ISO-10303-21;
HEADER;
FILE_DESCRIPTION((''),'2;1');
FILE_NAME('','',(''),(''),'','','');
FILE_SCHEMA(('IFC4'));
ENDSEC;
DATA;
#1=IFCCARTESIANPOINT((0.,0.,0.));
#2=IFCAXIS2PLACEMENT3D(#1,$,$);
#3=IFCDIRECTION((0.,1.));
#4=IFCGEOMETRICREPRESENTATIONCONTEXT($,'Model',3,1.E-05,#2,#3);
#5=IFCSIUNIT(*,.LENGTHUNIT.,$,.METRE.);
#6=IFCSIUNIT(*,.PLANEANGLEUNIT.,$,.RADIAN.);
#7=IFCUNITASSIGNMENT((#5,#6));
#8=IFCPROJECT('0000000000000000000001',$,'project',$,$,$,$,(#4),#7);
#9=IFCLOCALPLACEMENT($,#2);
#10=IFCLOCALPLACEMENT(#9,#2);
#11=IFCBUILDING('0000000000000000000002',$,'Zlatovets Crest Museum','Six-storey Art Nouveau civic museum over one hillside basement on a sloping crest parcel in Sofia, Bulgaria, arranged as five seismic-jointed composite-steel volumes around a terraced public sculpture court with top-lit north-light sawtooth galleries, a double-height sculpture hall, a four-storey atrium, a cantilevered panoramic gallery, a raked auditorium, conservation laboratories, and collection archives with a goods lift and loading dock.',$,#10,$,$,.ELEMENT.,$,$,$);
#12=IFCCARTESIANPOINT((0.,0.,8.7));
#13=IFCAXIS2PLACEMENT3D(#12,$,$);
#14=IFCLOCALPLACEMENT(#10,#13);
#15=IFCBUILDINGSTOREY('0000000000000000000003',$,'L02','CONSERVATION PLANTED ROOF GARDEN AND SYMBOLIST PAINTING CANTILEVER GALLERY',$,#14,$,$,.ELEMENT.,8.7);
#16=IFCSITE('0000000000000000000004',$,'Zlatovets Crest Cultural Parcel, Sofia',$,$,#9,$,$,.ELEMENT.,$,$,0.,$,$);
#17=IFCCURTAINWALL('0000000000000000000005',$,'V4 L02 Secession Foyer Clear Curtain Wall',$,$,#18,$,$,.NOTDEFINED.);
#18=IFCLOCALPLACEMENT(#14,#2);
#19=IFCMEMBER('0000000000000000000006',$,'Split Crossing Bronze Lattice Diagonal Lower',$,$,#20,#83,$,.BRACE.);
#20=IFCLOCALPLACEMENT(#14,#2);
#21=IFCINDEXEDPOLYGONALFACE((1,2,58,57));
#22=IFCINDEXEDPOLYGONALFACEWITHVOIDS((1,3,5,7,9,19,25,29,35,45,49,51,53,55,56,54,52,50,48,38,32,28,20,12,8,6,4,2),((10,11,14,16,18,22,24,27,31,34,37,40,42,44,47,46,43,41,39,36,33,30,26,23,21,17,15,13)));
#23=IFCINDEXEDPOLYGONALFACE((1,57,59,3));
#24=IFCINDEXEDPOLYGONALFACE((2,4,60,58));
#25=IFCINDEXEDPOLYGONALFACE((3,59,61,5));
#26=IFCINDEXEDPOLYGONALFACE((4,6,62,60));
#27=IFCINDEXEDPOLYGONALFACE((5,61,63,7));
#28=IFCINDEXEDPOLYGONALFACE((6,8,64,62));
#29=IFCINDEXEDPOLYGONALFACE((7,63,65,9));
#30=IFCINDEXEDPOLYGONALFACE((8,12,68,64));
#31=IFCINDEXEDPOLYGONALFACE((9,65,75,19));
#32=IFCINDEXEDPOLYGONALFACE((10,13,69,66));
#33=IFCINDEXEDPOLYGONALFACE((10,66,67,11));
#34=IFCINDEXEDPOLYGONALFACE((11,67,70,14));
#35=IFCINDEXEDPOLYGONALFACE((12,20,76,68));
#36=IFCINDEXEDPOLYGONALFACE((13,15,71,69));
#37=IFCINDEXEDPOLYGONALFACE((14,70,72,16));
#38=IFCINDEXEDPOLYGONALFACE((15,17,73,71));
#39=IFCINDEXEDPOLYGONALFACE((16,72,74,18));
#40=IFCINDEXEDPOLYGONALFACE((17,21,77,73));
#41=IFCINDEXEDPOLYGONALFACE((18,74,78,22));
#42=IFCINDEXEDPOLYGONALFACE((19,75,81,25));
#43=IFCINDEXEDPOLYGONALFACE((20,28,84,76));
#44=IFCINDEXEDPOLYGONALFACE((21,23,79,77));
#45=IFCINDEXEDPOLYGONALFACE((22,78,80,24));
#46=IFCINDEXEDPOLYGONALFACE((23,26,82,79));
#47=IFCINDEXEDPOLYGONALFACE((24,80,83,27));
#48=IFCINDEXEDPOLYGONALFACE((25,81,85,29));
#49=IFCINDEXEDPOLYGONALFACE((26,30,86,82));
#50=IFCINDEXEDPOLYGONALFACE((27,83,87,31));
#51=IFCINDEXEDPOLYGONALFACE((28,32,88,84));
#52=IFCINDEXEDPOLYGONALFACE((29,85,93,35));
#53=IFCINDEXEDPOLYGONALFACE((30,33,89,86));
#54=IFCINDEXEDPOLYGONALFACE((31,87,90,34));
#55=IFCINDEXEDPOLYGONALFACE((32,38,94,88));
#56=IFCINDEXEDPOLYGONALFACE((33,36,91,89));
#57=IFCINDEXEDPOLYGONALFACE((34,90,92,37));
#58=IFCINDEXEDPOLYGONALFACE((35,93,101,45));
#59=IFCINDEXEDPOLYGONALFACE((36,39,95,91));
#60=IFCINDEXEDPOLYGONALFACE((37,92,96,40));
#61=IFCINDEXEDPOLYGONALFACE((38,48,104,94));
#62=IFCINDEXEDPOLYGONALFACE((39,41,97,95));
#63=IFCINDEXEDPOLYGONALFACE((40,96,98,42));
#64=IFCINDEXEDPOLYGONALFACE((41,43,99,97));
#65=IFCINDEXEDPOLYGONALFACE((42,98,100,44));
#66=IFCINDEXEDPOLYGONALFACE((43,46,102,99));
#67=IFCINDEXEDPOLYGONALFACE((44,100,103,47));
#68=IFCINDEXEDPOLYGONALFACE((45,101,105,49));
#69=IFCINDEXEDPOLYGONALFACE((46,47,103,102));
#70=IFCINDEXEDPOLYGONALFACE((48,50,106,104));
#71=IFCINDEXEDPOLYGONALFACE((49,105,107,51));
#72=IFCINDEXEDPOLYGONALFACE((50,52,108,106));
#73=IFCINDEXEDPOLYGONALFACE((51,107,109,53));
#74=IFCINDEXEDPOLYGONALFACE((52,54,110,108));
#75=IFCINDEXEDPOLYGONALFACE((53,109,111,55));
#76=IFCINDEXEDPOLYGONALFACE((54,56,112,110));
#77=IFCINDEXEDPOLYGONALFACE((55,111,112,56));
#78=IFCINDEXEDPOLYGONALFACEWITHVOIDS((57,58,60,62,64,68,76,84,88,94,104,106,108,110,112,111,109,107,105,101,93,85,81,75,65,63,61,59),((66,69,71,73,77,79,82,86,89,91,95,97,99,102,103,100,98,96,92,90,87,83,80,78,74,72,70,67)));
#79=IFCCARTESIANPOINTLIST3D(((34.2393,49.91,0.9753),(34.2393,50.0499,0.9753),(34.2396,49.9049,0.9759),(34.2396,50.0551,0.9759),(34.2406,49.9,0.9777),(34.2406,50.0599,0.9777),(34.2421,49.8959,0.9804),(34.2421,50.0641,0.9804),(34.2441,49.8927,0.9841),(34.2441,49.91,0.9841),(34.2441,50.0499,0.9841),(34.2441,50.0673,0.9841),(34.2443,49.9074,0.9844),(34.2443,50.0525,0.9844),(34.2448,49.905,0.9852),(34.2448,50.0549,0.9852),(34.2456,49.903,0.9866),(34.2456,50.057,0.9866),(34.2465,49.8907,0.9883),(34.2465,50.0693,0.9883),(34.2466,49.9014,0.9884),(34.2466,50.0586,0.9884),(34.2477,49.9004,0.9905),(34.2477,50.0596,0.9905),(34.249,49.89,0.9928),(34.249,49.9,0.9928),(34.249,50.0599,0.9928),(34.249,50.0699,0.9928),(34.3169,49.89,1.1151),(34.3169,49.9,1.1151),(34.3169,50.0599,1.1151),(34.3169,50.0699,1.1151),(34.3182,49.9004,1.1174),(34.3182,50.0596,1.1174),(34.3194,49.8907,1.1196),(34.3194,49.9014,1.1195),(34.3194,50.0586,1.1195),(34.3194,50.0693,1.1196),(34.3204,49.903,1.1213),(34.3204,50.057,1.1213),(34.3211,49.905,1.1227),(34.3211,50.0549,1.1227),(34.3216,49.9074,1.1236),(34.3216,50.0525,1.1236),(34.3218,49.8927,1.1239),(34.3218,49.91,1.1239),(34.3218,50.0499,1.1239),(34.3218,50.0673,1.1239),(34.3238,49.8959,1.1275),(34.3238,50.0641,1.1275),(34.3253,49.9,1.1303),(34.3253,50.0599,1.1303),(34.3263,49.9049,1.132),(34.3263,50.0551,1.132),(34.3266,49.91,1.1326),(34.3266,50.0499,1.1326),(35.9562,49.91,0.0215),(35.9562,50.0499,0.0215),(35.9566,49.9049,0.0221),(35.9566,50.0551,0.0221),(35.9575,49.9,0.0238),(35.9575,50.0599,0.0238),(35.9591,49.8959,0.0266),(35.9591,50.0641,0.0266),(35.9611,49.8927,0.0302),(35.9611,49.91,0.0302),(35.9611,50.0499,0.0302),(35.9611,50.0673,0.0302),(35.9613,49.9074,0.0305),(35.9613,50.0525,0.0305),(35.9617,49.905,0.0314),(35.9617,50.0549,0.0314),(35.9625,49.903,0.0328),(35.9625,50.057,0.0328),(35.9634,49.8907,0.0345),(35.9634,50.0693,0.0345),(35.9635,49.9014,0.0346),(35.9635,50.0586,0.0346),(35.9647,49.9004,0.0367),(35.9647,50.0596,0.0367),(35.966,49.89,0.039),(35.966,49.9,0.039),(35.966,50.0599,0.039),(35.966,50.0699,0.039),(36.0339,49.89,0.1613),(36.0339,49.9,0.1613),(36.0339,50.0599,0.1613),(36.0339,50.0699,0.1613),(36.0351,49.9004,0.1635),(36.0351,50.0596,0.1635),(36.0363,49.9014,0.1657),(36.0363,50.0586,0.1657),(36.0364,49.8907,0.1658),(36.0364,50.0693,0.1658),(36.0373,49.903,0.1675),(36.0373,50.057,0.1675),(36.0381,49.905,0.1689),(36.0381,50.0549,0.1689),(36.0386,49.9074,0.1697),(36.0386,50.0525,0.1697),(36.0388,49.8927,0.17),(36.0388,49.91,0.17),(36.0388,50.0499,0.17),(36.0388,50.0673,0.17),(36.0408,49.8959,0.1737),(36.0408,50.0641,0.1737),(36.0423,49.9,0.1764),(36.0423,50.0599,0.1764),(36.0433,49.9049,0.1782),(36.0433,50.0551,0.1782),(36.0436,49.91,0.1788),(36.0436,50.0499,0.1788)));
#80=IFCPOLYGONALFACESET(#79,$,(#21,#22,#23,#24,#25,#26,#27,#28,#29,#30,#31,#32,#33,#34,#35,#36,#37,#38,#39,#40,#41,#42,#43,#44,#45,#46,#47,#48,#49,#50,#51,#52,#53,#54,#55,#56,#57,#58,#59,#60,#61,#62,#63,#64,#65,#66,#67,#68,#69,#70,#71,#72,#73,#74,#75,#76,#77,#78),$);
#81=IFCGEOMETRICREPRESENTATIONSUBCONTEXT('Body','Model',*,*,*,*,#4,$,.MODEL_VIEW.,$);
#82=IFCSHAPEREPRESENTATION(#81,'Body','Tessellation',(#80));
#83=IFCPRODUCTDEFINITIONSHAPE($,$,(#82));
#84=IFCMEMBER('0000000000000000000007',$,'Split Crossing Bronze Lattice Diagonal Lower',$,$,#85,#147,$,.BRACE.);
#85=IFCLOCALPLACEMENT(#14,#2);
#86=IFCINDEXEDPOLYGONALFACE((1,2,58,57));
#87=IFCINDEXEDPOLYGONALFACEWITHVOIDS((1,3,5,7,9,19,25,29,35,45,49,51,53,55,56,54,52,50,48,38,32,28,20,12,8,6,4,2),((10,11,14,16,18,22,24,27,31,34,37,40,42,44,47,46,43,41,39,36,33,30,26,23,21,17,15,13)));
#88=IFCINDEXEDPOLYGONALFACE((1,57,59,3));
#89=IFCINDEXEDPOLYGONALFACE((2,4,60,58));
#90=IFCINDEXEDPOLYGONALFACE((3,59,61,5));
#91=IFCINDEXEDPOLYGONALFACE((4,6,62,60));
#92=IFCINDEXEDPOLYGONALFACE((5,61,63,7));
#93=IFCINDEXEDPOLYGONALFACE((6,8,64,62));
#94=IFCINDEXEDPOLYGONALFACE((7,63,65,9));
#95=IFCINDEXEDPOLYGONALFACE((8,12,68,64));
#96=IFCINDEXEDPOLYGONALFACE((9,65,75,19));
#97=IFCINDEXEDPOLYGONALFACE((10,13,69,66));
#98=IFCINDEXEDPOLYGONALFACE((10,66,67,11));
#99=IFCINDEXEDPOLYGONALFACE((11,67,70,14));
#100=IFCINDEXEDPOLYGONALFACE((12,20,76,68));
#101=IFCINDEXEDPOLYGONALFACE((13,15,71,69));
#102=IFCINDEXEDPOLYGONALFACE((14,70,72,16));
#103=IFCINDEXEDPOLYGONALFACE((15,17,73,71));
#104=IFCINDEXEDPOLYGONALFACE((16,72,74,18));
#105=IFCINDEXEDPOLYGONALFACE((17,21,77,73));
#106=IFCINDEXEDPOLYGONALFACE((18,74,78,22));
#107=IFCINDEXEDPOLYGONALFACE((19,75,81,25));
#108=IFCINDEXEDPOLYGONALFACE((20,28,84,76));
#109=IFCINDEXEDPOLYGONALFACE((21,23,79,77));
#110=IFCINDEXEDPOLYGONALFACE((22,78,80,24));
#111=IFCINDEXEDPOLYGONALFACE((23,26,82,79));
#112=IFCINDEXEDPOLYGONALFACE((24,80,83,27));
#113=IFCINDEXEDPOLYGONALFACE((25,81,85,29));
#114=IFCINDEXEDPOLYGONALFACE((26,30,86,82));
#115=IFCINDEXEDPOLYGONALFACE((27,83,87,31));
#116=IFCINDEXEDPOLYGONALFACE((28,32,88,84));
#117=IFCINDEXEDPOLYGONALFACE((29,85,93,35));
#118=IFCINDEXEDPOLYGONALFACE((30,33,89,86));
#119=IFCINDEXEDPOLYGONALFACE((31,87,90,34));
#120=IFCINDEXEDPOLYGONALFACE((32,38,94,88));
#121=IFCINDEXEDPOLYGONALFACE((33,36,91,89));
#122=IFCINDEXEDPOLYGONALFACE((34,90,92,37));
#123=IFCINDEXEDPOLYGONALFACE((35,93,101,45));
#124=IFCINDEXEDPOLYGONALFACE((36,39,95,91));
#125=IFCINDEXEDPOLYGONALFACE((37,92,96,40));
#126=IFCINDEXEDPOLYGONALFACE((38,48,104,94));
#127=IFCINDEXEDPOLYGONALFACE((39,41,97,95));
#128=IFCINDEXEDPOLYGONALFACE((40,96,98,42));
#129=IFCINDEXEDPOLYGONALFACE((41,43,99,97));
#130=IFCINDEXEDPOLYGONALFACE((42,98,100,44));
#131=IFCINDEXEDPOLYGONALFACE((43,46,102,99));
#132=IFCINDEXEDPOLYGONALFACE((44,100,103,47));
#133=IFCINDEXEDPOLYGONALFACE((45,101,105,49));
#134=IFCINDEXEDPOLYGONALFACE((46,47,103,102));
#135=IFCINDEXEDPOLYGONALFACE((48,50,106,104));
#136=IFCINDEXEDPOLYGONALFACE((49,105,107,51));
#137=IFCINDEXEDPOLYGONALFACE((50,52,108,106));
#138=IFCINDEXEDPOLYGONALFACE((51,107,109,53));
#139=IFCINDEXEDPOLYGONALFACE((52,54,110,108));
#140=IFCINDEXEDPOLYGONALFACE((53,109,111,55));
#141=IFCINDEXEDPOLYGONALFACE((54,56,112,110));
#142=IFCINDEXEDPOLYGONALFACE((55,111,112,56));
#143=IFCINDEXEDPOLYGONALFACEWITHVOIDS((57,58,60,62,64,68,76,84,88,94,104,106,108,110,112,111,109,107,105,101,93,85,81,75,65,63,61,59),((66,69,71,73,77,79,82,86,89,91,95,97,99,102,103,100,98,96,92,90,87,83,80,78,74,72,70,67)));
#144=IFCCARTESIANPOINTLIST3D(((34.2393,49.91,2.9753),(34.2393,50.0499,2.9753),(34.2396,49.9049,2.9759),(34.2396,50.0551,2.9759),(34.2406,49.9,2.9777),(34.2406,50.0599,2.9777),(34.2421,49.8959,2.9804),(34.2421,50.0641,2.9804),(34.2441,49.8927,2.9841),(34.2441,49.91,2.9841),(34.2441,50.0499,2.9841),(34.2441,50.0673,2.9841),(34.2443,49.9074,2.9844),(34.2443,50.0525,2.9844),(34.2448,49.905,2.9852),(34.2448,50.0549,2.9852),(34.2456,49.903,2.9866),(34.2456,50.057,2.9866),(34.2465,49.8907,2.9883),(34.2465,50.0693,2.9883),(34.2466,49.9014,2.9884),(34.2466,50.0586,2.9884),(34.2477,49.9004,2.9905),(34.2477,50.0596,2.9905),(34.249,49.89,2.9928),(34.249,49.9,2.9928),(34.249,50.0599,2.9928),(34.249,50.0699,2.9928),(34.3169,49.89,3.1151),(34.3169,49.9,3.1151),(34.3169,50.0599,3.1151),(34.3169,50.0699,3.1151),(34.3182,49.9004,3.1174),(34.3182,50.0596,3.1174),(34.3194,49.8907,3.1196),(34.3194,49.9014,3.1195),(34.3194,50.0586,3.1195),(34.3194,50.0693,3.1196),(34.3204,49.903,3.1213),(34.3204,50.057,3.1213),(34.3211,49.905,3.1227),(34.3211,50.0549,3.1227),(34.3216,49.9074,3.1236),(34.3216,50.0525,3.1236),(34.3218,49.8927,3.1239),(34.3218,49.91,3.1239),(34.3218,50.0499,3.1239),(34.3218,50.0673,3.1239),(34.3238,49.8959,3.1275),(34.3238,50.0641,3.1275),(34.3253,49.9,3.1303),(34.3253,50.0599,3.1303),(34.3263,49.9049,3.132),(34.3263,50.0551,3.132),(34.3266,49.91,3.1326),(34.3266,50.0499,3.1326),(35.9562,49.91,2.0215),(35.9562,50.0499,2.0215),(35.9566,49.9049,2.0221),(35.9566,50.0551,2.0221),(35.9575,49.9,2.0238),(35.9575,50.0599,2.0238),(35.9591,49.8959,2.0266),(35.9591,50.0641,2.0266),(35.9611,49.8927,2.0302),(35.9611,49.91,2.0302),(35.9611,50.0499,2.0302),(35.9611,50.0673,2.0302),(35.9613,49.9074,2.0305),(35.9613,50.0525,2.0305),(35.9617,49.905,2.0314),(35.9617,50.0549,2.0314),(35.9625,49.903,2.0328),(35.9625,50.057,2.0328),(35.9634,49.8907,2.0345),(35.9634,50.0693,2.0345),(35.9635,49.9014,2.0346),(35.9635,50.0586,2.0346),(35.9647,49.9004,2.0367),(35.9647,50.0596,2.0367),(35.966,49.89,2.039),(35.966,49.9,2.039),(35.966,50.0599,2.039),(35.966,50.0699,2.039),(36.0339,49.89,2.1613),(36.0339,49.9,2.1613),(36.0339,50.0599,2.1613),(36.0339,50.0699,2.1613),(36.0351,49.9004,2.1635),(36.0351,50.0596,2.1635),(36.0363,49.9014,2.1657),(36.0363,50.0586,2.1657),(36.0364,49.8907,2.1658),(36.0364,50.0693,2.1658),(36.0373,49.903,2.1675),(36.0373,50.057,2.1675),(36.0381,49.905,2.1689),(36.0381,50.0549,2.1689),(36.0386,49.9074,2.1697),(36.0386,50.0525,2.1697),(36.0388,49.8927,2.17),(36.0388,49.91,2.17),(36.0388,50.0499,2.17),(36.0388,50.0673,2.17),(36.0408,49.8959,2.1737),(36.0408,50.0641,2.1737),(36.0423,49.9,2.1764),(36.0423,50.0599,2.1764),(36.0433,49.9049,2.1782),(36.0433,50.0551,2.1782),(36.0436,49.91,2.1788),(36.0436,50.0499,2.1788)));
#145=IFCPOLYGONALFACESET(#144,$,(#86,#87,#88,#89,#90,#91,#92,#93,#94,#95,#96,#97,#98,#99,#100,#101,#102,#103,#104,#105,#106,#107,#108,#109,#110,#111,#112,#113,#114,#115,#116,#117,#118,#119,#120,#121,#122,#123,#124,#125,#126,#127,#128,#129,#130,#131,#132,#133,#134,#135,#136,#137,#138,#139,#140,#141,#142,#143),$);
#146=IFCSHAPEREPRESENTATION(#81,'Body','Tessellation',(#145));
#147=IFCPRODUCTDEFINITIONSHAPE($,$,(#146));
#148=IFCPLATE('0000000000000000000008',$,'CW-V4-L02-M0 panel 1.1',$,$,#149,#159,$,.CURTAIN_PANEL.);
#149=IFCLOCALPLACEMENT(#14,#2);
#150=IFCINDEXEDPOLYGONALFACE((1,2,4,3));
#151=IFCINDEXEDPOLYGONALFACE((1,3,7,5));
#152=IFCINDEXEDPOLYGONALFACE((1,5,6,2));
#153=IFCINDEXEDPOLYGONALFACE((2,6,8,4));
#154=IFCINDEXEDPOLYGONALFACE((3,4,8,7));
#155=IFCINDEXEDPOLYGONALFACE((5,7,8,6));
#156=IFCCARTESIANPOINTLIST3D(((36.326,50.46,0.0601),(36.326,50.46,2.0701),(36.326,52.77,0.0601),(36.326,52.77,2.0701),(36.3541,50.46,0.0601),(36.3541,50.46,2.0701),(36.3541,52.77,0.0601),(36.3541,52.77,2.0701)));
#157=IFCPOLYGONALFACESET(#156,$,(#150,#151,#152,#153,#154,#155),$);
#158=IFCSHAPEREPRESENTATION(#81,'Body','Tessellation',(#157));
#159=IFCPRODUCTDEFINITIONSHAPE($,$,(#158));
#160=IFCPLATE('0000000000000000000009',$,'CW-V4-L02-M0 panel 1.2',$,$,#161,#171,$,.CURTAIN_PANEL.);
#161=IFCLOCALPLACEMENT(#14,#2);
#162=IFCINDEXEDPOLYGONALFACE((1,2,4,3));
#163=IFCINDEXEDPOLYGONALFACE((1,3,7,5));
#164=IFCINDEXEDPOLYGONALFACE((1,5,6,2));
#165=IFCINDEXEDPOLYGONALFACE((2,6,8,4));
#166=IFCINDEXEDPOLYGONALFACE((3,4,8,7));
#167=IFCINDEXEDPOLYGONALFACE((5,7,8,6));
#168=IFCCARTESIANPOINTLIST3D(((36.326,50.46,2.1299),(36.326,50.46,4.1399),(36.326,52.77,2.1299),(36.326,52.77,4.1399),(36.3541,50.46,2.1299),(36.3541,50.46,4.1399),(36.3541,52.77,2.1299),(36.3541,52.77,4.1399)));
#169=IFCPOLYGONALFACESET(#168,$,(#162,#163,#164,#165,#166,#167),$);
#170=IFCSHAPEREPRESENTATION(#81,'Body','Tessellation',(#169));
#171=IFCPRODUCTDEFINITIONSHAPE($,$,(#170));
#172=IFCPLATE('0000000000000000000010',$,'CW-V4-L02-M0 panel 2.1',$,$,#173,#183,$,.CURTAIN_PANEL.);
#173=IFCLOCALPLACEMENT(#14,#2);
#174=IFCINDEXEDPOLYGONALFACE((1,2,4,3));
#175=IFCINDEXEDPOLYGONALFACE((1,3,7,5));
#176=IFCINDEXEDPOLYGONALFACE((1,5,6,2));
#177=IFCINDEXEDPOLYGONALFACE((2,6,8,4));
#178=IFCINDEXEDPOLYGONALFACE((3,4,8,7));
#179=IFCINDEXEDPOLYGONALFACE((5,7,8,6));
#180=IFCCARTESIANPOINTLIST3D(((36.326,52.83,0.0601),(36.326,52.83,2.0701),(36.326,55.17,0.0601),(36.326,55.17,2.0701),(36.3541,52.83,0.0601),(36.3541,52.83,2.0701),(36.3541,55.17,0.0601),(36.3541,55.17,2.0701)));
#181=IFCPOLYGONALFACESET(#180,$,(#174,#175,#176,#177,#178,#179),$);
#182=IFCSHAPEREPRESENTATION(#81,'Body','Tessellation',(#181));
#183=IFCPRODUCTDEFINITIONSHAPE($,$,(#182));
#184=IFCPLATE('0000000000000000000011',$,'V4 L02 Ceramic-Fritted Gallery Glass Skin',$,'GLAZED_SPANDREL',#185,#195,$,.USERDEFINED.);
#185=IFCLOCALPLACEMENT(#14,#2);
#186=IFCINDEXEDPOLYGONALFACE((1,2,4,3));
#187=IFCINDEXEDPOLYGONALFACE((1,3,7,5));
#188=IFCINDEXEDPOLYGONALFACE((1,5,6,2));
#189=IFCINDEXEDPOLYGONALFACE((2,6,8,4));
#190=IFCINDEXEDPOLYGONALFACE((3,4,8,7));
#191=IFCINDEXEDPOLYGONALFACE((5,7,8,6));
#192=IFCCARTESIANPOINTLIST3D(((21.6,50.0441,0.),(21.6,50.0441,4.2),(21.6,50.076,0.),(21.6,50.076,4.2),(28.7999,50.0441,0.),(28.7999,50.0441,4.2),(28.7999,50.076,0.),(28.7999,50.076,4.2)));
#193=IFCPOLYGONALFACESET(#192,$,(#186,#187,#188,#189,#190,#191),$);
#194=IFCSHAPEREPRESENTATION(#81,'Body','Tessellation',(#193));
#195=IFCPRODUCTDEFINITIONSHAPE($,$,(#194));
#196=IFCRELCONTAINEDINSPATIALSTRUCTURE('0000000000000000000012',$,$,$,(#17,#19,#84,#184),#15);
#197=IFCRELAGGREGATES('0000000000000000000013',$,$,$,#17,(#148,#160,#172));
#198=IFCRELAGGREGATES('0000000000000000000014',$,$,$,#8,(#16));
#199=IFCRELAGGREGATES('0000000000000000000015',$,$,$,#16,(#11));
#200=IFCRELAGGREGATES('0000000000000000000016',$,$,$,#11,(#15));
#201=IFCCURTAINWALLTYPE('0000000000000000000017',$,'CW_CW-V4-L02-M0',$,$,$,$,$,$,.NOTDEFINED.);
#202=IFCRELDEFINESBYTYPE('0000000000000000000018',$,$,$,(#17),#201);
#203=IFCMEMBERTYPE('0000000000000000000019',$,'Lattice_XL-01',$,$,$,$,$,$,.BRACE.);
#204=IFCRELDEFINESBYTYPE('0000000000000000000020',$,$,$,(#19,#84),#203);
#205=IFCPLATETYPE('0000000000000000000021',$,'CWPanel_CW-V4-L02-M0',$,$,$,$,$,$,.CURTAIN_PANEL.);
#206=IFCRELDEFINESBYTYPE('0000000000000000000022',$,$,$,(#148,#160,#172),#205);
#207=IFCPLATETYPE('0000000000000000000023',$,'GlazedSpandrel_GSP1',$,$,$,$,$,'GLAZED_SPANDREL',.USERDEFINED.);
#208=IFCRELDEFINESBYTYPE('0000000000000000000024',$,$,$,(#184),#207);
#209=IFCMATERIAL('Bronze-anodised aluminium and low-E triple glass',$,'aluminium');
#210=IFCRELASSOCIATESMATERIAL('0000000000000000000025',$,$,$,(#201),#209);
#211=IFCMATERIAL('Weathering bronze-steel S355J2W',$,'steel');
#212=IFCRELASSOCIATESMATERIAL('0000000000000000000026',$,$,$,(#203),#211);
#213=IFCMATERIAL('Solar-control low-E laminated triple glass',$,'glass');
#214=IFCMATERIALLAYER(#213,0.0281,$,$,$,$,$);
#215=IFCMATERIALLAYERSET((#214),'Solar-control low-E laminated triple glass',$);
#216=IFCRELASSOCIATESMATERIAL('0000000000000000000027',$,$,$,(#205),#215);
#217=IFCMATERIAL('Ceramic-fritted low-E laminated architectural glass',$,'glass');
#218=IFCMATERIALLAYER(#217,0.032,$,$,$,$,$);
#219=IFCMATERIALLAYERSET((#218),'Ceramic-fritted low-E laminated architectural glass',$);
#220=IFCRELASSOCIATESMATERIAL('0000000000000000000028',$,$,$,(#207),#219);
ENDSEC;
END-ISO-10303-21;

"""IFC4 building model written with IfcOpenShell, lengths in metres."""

from ifc_helpers import new_model, si_unit, direction, frame, origin, origin_2d, place, context, subcontext, project, spatial, rectangle, hollow_rectangle, extrude, material, layer, layer_set, material_profile, profile_set, type_object, element, aggregate, save


model = new_model("IFC4")

# Units and contexts
model_context = context("Model", 3, precision=1e-05, world=origin(), true_north=direction((0.0, 1.0)))
body_context = subcontext(model_context, "Body", "Model", "MODEL_VIEW")
ifc_project = project(units=[si_unit("LENGTHUNIT", "METRE"), si_unit("PLANEANGLEUNIT", "RADIAN")], contexts=[model_context])

# Site, building, storey
site_placement = place(None, origin())
site = spatial("IfcSite", under=ifc_project, at=site_placement, Name="Zlatovets Crest Cultural Parcel, Sofia", CompositionType="ELEMENT", RefElevation=0.0)
building_placement = place(site_placement, origin())
building = spatial("IfcBuilding", under=site, at=building_placement, Name="Zlatovets Crest Museum", Description="Six-storey Art Nouveau civic museum over one hillside basement on a sloping crest parcel in Sofia, Bulgaria, arranged as five seismic-jointed composite-steel volumes around a terraced public sculpture court with top-lit north-light sawtooth galleries, a double-height sculpture hall, a four-storey atrium, a cantilevered panoramic gallery, a raked auditorium, conservation laboratories, and collection archives with a goods lift and loading dock.", CompositionType="ELEMENT")
storey_placement = place(building_placement, frame((0.0, 0.0, 8.7)))
storey = spatial("IfcBuildingStorey", under=building, at=storey_placement, Name="L02", Description="CONSERVATION PLANTED ROOF GARDEN AND SYMBOLIST PAINTING CANTILEVER GALLERY", CompositionType="ELEMENT", Elevation=8.7)

# Curtain wall
ifc_material_1 = material(Name="Bronze-anodised aluminium and low-E triple glass", Category="aluminium")
curtain_wall_type = type_object("IfcCurtainWallType", Name="CW_CW-V4-L02-M0", PredefinedType="NOTDEFINED", material=ifc_material_1)
curtain_wall_placement = place(storey_placement, origin())
curtain_wall = element("IfcCurtainWall", 1, at=curtain_wall_placement, inside=storey, type_object=curtain_wall_type, Name="V4 L02 Secession Foyer Clear Curtain Wall", PredefinedType="NOTDEFINED")

# Members
ifc_material_2 = material(Name="Weathering bronze-steel S355J2W", Category="steel")
ifc_material_profile_1 = material_profile(ifc_material_2, hollow_rectangle(XDim=0.1799, YDim=0.1799, WallThickness=0.01, InnerFilletRadius=0.01, OuterFilletRadius=0.02, at=origin_2d()), Name="SHS 180x180x10.0")
ifc_profile_set_1 = profile_set([ifc_material_profile_1], Name="Weathering bronze-steel S355J2W")
member_type_1 = type_object("IfcMemberType", Name="Lattice_XL-01", PredefinedType="BRACE", material=ifc_profile_set_1)
for number, where, z_axis, x_axis, name in (
    (2, (34.283, 49.98, 1.054), (0.874169, 0.0, -0.485622), (0.0, 1.0, 0.0), "Split Crossing Bronze Lattice Diagonal Lower"),
    (3, (34.283, 49.98, 3.054), (0.874169, 0.0, -0.485622), (0.0, 1.0, 0.0), "Split Crossing Bronze Lattice Diagonal Lower"),
):
    element("IfcMember", number, at=place(storey_placement, frame(where, z_axis=z_axis, x_axis=x_axis)), inside=storey, type_object=member_type_1, Name=name, PredefinedType="BRACE", context=body_context, shape_type="SweptSolid", body=[
        extrude(hollow_rectangle(XDim=0.1799, YDim=0.1799, WallThickness=0.01, InnerFilletRadius=0.01, OuterFilletRadius=0.02, at=origin_2d()), origin(), (0.0, 0.0, 1.0), 1.9641),
    ])

# Plates
ifc_material_3 = material(Name="Solar-control low-E laminated triple glass", Category="glass")
ifc_layer_1 = layer(ifc_material_3, 0.0281)
ifc_layer_set_1 = layer_set([ifc_layer_1], Name="Solar-control low-E laminated triple glass")
plate_type_1 = type_object("IfcPlateType", Name="CWPanel_CW-V4-L02-M0", PredefinedType="CURTAIN_PANEL", material=ifc_layer_set_1)
plate_1_placement = place(storey_placement, frame((36.3401, 51.615, 0.0601), z_axis=(0.0, 0.0, 1.0), x_axis=(0.0, 1.0, 0.0)))
plate_1 = element("IfcPlate", 4, at=plate_1_placement, type_object=plate_type_1, Name="CW-V4-L02-M0 panel 1.1", PredefinedType="CURTAIN_PANEL", context=body_context, shape_type="SweptSolid", body=[
    extrude(rectangle(XDim=2.3101, YDim=0.0281, at=origin_2d()), origin(), (0.0, 0.0, 1.0), 2.01),
])
plate_2_placement = place(storey_placement, frame((36.3401, 51.615, 2.1299), z_axis=(0.0, 0.0, 1.0), x_axis=(0.0, 1.0, 0.0)))
plate_2 = element("IfcPlate", 5, at=plate_2_placement, type_object=plate_type_1, Name="CW-V4-L02-M0 panel 1.2", PredefinedType="CURTAIN_PANEL", context=body_context, shape_type="SweptSolid", body=[
    extrude(rectangle(XDim=2.3101, YDim=0.0281, at=origin_2d()), origin(), (0.0, 0.0, 1.0), 2.01),
])
plate_3_placement = place(storey_placement, frame((36.3401, 54.0, 0.0601), z_axis=(0.0, 0.0, 1.0), x_axis=(0.0, 1.0, 0.0)))
plate_3 = element("IfcPlate", 6, at=plate_3_placement, type_object=plate_type_1, Name="CW-V4-L02-M0 panel 2.1", PredefinedType="CURTAIN_PANEL", context=body_context, shape_type="SweptSolid", body=[
    extrude(rectangle(XDim=2.3401, YDim=0.0281, at=origin_2d()), origin(), (0.0, 0.0, 1.0), 2.01),
])
aggregate(curtain_wall, [plate_1, plate_2, plate_3])

# Plate
ifc_material_4 = material(Name="Ceramic-fritted low-E laminated architectural glass", Category="glass")
ifc_layer_2 = layer(ifc_material_4, 0.032)
ifc_layer_set_2 = layer_set([ifc_layer_2], Name="Ceramic-fritted low-E laminated architectural glass")
plate_type_2 = type_object("IfcPlateType", Name="GlazedSpandrel_GSP1", ElementType="GLAZED_SPANDREL", PredefinedType="USERDEFINED", material=ifc_layer_set_2)
plate_4_placement = place(storey_placement, frame((25.2, 50.0601, 0.0), z_axis=(0.0, 0.0, 1.0), x_axis=(1.0, 0.0, 0.0)))
element("IfcPlate", 7, at=plate_4_placement, inside=storey, type_object=plate_type_2, Name="V4 L02 Ceramic-Fritted Gallery Glass Skin", ObjectType="GLAZED_SPANDREL", PredefinedType="USERDEFINED", context=body_context, shape_type="SweptSolid", body=[
    extrude(rectangle(XDim=7.2, YDim=0.032, at=origin_2d()), origin(), (0.0, 0.0, 1.0), 4.2),
])

save(model, "model.ifc")
